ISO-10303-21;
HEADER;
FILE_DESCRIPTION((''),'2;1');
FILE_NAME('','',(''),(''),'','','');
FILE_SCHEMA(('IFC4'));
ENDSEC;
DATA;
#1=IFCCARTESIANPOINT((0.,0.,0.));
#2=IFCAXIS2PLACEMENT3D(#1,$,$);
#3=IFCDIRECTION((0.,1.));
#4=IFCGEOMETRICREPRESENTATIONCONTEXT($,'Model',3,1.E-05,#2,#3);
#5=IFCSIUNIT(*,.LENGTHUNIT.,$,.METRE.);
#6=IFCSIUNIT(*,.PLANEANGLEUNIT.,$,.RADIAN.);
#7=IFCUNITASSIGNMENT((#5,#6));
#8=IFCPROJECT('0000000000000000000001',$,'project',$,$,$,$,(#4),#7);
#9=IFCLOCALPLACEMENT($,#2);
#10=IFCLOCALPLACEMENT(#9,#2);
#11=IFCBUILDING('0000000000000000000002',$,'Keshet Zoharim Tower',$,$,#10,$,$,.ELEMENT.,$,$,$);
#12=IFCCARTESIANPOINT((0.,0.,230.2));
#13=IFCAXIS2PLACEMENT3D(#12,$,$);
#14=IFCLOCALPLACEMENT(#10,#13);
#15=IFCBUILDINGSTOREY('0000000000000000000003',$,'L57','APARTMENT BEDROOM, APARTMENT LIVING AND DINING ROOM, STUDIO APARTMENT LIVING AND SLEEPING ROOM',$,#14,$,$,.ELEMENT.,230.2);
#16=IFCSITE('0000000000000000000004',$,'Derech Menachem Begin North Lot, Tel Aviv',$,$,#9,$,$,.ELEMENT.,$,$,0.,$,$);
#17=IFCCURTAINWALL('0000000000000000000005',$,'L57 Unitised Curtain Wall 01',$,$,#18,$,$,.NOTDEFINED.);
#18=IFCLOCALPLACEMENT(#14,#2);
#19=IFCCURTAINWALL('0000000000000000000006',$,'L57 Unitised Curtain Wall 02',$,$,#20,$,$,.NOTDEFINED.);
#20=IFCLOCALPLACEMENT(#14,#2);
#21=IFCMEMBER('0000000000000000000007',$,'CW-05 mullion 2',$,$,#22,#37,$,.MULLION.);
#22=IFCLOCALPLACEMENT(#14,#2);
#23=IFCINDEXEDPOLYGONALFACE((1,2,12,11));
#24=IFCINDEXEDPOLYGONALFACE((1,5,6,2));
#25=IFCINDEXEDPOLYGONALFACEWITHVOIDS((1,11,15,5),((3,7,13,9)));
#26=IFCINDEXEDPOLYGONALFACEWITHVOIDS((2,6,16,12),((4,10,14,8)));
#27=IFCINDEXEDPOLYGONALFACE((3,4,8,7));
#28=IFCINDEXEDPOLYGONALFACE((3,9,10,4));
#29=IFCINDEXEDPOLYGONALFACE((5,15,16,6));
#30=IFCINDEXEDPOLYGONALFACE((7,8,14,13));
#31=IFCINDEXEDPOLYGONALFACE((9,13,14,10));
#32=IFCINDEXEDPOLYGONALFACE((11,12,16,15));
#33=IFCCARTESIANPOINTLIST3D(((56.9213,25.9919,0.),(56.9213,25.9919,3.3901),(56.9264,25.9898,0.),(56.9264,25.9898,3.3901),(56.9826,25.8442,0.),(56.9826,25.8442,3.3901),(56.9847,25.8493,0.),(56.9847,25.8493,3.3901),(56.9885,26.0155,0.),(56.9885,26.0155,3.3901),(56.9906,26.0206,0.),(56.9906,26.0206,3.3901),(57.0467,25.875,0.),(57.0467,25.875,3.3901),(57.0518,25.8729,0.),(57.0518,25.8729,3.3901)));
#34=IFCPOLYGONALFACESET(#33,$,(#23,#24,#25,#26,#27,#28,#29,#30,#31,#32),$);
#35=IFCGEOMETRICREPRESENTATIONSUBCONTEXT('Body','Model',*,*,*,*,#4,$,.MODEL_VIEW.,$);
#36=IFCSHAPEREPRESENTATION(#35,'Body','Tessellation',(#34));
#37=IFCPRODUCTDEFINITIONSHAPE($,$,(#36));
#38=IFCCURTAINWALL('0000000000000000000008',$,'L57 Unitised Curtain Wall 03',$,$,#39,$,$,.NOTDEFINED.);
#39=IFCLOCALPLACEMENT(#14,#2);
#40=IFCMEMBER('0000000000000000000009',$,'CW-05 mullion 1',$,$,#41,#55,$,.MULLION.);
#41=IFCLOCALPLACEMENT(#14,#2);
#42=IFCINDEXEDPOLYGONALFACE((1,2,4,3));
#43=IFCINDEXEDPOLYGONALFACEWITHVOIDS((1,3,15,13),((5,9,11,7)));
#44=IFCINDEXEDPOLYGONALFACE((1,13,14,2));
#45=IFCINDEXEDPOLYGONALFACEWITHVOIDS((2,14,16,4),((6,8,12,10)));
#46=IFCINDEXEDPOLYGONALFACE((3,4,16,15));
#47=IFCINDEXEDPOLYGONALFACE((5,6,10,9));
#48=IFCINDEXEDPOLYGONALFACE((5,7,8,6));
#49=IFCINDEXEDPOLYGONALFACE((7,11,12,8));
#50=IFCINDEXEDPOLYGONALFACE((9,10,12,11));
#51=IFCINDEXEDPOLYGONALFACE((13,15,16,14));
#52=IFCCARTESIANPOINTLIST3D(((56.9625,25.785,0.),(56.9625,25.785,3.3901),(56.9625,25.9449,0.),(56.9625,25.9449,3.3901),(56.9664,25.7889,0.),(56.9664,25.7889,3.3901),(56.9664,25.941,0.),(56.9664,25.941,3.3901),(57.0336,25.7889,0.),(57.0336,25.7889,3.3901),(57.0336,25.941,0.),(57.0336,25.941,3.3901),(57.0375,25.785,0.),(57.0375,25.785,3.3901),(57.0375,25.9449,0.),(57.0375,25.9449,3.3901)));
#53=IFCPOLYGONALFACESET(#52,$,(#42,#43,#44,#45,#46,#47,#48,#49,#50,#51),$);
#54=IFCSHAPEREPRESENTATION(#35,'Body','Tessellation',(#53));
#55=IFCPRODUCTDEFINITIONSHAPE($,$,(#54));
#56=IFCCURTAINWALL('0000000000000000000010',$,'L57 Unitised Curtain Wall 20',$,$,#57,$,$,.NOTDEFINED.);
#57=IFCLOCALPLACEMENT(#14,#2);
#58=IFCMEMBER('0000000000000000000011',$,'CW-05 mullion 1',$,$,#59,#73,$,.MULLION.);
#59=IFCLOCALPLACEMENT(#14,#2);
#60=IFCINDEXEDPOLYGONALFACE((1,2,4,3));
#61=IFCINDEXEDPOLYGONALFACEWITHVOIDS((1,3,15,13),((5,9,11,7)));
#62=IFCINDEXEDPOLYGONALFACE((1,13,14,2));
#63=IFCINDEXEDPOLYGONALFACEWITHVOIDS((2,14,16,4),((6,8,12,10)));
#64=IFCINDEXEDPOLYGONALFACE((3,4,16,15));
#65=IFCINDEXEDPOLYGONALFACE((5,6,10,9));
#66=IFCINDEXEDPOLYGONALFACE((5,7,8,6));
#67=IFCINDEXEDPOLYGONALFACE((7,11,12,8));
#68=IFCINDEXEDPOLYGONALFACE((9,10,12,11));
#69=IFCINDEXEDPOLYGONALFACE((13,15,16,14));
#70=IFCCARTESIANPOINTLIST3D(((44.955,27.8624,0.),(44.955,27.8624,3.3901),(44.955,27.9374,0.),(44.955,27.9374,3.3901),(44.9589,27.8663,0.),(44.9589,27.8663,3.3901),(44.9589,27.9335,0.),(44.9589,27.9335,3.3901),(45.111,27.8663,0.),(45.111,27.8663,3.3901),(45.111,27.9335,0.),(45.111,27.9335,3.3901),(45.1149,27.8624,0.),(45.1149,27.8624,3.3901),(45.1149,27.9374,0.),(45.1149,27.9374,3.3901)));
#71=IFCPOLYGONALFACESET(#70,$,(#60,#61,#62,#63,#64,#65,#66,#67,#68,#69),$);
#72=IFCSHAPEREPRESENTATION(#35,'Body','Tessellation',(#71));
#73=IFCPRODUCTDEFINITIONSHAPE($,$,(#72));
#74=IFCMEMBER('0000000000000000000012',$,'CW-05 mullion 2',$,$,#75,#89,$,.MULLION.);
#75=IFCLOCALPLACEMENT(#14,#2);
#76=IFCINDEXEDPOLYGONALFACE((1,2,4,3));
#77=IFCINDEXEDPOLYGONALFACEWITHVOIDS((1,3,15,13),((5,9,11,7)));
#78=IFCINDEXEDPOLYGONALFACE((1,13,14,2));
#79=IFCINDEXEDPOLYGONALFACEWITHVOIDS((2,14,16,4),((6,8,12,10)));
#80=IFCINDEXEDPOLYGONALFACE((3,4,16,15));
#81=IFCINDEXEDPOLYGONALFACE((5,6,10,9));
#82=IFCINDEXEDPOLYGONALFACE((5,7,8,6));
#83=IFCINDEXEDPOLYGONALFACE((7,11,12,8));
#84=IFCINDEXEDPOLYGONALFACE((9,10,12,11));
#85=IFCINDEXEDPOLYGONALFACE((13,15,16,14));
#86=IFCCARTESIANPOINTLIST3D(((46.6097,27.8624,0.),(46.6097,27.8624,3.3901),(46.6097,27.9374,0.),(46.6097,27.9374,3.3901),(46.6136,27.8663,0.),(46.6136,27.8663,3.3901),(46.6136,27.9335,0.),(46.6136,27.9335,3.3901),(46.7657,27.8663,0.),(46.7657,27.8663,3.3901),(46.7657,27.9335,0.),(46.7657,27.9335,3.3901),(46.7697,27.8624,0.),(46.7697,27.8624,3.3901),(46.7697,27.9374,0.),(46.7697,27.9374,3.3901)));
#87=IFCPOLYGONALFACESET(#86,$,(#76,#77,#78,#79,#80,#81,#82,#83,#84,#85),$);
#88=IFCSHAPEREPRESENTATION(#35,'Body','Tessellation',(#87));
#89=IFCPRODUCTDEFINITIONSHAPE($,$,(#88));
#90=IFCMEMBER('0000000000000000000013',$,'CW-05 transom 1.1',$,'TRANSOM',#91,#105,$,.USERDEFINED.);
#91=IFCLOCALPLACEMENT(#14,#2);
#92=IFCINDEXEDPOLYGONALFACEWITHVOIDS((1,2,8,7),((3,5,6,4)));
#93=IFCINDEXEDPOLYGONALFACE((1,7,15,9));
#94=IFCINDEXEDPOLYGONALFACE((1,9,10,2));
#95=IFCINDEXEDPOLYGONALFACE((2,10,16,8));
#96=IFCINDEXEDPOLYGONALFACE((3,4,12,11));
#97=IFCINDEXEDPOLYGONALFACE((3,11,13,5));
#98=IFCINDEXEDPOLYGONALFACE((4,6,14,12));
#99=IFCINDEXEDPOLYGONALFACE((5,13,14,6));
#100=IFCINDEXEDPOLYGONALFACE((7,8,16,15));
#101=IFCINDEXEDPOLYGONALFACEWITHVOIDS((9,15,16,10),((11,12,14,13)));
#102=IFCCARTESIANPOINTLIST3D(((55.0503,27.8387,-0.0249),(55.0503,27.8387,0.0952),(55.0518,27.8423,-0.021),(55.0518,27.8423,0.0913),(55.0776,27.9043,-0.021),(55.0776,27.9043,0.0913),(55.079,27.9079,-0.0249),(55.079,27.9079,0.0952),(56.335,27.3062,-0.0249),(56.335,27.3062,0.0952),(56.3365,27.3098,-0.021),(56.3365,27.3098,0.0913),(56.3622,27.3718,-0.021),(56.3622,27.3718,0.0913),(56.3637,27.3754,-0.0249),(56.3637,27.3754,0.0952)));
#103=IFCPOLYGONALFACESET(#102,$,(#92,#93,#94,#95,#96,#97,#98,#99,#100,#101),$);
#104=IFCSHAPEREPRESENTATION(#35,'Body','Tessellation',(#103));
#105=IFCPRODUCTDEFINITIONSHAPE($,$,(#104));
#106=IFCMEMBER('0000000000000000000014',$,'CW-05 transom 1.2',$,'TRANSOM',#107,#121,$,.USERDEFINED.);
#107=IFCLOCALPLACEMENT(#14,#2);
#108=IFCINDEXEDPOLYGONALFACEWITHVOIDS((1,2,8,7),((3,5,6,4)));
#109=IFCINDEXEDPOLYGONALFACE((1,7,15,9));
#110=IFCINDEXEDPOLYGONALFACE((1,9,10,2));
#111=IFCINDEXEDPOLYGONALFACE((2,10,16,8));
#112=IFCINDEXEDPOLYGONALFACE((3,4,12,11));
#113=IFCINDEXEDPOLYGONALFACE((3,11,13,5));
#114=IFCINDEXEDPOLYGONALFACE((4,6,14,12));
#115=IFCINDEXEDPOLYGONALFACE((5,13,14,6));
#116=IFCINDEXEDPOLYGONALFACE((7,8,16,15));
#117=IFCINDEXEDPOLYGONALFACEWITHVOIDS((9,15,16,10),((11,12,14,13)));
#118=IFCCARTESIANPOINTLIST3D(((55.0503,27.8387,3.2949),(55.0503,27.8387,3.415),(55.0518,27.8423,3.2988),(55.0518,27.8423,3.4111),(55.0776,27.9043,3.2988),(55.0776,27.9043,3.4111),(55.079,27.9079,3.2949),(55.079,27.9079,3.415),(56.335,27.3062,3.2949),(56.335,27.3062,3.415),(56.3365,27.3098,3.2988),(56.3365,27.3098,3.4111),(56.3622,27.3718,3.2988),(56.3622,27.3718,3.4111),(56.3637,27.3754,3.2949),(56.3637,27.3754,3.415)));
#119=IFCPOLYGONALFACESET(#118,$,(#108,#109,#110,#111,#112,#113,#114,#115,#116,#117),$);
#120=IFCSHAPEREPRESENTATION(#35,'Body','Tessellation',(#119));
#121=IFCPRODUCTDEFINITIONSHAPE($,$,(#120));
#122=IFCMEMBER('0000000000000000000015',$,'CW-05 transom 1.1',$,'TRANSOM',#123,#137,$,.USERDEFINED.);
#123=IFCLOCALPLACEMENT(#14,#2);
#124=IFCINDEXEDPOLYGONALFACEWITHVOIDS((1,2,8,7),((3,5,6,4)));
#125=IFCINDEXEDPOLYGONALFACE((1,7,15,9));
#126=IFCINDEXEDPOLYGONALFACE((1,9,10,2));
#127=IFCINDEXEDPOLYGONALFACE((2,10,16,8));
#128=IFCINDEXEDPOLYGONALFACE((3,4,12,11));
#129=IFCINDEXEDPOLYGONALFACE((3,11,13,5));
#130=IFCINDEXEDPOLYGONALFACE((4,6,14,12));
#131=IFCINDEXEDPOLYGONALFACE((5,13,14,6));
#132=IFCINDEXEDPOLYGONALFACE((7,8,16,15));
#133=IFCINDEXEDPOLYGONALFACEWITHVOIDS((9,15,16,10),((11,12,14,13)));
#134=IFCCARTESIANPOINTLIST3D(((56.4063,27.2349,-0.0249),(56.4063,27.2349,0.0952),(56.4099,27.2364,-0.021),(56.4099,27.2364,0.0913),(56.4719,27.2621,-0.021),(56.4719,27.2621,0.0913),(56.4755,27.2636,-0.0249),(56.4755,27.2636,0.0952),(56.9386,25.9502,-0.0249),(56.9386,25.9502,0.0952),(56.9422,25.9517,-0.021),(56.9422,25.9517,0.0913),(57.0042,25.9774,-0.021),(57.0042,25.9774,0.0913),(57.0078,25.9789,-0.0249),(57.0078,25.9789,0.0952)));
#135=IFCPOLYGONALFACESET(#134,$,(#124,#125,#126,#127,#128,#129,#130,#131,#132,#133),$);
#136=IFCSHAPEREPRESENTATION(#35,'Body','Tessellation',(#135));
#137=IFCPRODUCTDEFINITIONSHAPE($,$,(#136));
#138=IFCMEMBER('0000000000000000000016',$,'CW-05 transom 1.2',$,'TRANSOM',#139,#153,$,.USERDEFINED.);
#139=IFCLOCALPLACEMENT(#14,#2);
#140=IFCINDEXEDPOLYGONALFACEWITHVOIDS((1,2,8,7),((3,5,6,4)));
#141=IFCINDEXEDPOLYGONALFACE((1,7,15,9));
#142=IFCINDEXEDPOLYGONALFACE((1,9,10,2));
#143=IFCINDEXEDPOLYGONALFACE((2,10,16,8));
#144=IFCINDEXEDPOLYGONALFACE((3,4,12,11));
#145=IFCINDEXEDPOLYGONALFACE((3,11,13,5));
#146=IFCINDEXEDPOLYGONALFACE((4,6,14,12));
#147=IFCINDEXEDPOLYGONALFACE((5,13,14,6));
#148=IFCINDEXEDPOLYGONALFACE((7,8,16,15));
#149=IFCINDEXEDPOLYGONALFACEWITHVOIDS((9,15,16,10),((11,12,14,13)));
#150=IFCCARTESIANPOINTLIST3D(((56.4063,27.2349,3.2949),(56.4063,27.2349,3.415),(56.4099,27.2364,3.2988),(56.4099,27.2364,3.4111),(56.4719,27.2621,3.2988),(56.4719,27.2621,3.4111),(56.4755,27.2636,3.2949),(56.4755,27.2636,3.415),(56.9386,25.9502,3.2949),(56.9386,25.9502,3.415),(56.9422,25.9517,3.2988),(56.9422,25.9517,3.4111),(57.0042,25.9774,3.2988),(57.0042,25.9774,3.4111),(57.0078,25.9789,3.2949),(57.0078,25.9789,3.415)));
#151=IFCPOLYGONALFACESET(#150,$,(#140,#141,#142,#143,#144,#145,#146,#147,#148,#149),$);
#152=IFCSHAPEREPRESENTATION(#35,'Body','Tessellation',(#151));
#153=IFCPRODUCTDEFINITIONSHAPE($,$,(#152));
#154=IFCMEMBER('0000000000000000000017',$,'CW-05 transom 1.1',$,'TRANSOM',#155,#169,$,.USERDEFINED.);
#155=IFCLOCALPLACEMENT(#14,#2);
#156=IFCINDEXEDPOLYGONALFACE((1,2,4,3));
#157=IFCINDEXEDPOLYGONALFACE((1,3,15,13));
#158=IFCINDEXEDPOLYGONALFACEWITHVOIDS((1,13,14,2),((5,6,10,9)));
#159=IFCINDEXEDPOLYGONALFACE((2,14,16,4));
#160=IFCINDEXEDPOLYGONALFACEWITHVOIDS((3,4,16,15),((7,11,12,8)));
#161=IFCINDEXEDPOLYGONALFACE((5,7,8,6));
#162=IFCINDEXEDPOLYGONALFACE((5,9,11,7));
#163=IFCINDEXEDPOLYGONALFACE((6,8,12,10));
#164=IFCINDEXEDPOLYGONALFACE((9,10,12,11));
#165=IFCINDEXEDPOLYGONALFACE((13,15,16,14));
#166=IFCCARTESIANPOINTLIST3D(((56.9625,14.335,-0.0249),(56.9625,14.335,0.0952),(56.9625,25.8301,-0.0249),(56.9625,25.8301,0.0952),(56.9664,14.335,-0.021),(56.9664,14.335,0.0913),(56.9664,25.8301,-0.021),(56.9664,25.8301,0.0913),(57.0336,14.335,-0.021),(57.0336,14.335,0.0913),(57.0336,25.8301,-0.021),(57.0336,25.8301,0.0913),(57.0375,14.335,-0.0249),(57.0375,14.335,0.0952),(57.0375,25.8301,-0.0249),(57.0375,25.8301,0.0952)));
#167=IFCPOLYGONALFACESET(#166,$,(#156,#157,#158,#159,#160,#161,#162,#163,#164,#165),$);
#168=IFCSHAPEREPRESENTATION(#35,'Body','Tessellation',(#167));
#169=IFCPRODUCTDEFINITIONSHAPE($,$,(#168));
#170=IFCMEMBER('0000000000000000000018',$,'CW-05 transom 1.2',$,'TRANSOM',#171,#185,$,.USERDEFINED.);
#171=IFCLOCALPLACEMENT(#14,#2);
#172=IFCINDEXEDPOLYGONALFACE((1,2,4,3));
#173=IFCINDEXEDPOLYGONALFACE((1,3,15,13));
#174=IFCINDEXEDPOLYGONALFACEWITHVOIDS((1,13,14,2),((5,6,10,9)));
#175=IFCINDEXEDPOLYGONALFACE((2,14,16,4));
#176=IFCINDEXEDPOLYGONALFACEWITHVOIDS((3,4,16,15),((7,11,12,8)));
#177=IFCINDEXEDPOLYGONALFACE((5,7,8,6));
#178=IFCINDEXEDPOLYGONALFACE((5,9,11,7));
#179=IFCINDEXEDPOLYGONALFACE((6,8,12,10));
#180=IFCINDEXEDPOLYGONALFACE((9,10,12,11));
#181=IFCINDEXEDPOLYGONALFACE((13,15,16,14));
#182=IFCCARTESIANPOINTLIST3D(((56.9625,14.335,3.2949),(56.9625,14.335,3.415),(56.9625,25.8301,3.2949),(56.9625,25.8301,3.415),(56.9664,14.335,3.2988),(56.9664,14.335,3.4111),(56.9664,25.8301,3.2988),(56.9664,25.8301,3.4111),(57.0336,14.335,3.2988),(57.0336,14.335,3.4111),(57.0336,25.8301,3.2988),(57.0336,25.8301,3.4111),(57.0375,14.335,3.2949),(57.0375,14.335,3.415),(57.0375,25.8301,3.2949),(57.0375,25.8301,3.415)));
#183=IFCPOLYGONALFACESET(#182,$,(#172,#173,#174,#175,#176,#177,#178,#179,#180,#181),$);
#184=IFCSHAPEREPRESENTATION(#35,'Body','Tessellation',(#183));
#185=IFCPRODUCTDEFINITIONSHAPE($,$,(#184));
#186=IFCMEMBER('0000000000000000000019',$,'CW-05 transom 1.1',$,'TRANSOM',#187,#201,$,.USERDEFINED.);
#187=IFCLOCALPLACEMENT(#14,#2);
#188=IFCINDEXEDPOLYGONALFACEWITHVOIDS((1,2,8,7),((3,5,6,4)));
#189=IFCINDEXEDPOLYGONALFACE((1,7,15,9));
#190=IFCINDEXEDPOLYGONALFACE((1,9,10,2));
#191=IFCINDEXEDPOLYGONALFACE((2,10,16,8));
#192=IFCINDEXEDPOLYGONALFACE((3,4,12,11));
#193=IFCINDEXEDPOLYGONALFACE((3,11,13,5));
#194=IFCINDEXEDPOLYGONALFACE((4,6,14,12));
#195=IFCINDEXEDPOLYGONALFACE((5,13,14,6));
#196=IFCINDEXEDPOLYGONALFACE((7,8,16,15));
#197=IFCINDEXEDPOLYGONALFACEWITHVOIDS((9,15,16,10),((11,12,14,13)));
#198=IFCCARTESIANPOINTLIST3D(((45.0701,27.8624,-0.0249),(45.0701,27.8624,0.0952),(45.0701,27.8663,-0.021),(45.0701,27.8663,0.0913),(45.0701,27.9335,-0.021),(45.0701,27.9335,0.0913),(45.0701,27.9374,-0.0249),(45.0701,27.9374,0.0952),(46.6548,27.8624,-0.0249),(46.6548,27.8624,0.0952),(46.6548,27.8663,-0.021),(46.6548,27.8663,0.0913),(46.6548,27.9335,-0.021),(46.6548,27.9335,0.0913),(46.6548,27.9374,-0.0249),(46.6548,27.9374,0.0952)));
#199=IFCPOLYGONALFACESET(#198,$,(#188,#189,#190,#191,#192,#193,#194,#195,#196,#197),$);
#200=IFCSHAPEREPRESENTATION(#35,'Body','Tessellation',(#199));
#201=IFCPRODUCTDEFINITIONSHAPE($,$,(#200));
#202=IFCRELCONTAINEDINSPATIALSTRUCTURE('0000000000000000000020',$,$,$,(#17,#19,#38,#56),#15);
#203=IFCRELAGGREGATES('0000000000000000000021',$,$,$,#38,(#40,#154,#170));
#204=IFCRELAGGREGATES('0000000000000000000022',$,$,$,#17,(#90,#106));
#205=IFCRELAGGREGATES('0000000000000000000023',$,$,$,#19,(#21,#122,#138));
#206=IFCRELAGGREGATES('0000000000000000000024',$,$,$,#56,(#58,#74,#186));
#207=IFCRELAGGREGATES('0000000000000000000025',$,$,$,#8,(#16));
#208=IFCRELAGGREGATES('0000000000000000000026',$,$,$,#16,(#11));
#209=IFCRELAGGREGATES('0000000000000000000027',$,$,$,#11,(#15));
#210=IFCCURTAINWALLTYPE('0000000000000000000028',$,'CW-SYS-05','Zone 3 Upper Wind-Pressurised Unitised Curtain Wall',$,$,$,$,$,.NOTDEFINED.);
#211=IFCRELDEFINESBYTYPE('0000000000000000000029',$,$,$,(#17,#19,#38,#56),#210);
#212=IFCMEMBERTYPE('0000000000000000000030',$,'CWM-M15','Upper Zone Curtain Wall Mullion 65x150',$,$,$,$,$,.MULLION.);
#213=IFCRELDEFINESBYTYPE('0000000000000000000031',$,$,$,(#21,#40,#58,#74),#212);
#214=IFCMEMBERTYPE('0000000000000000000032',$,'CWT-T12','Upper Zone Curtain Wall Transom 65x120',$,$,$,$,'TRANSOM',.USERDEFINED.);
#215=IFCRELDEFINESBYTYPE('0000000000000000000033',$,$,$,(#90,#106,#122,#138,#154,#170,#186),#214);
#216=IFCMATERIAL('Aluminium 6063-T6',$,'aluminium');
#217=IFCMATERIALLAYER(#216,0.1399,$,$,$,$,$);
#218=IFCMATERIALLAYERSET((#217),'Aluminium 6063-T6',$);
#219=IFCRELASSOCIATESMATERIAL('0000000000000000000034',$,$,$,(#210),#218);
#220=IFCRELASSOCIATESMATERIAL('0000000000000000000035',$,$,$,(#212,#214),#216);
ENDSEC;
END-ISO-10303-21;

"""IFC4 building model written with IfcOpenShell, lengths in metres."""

from ifc_helpers import new_model, si_unit, direction, frame, origin, origin_2d, place, context, subcontext, project, spatial, hollow_rectangle, extrude, material, layer, layer_set, material_profile, profile_set, type_object, element, aggregate, save


model = new_model("IFC4")

# Units and contexts
model_context = context("Model", 3, precision=1e-05, world=origin(), true_north=direction((0.0, 1.0)))
body_context = subcontext(model_context, "Body", "Model", "MODEL_VIEW")
ifc_project = project(units=[si_unit("LENGTHUNIT", "METRE"), si_unit("PLANEANGLEUNIT", "RADIAN")], contexts=[model_context])

# Site, building, storey
site_placement = place(None, origin())
site = spatial("IfcSite", under=ifc_project, at=site_placement, Name="Derech Menachem Begin North Lot, Tel Aviv", CompositionType="ELEMENT", RefElevation=0.0)
building_placement = place(site_placement, origin())
building = spatial("IfcBuilding", under=site, at=building_placement, Name="Keshet Zoharim Tower", CompositionType="ELEMENT")
storey_placement = place(building_placement, frame((0.0, 0.0, 230.2)))
storey = spatial("IfcBuildingStorey", under=building, at=storey_placement, Name="L57", Description="APARTMENT BEDROOM, APARTMENT LIVING AND DINING ROOM, STUDIO APARTMENT LIVING AND SLEEPING ROOM", CompositionType="ELEMENT", Elevation=230.2)

# Curtain walls, member
ifc_material_1 = material(Name="Aluminium 6063-T6", Category="aluminium")
ifc_layer_1 = layer(ifc_material_1, 0.1399)
ifc_layer_set_1 = layer_set([ifc_layer_1], Name="Aluminium 6063-T6")
curtain_wall_type = type_object("IfcCurtainWallType", Name="CW-SYS-05", Description="Zone 3 Upper Wind-Pressurised Unitised Curtain Wall", PredefinedType="NOTDEFINED", material=ifc_layer_set_1)
curtain_wall_1_placement = place(storey_placement, origin())
curtain_wall_1 = element("IfcCurtainWall", 1, at=curtain_wall_1_placement, inside=storey, type_object=curtain_wall_type, Name="L57 Unitised Curtain Wall 01", PredefinedType="NOTDEFINED")
ifc_material_profile_1 = material_profile(ifc_material_1, hollow_rectangle(XDim=0.075, YDim=0.1599, WallThickness=0.0039, at=origin_2d()), Name="MUL-75x160")
ifc_profile_set_1 = profile_set([ifc_material_profile_1], Name="Aluminium 6063-T6")
member_type_1 = type_object("IfcMemberType", Name="CWM-M15", Description="Upper Zone Curtain Wall Mullion 65x150", PredefinedType="MULLION", material=ifc_profile_set_1)
curtain_wall_2_placement = place(storey_placement, origin())
curtain_wall_2 = element("IfcCurtainWall", 2, at=curtain_wall_2_placement, inside=storey, type_object=curtain_wall_type, Name="L57 Unitised Curtain Wall 02", PredefinedType="NOTDEFINED")
member_1_placement = place(storey_placement, frame((56.9866, 25.9324, 0.0), z_axis=(0.0, 0.0, 1.0), x_axis=(0.92381, 0.382852, 0.0)))
member_1 = element("IfcMember", 3, at=member_1_placement, type_object=member_type_1, Name="CW-05 mullion 2", PredefinedType="MULLION", context=body_context, shape_type="SweptSolid", body=[
    extrude(hollow_rectangle(XDim=0.075, YDim=0.1599, WallThickness=0.0039, at=origin_2d()), origin(), (0.0, 0.0, 1.0), 3.3901),
])

# Curtain wall, member
curtain_wall_3_placement = place(storey_placement, origin())
curtain_wall_3 = element("IfcCurtainWall", 4, at=curtain_wall_3_placement, inside=storey, type_object=curtain_wall_type, Name="L57 Unitised Curtain Wall 03", PredefinedType="NOTDEFINED")
member_2_placement = place(storey_placement, frame((57.0, 25.865, 0.0), z_axis=(0.0, 0.0, 1.0), x_axis=(1.0, 0.0, 0.0)))
member_2 = element("IfcMember", 5, at=member_2_placement, type_object=member_type_1, Name="CW-05 mullion 1", PredefinedType="MULLION", context=body_context, shape_type="SweptSolid", body=[
    extrude(hollow_rectangle(XDim=0.075, YDim=0.1599, WallThickness=0.0039, at=origin_2d()), origin(), (0.0, 0.0, 1.0), 3.3901),
])

# Curtain wall, members
curtain_wall_4_placement = place(storey_placement, origin())
curtain_wall_4 = element("IfcCurtainWall", 6, at=curtain_wall_4_placement, inside=storey, type_object=curtain_wall_type, Name="L57 Unitised Curtain Wall 20", PredefinedType="NOTDEFINED")
member_3_placement = place(storey_placement, frame((45.0349, 27.8999, 0.0), z_axis=(0.0, 0.0, 1.0), x_axis=(0.0, 1.0, 0.0)))
member_3 = element("IfcMember", 7, at=member_3_placement, type_object=member_type_1, Name="CW-05 mullion 1", PredefinedType="MULLION", context=body_context, shape_type="SweptSolid", body=[
    extrude(hollow_rectangle(XDim=0.075, YDim=0.1599, WallThickness=0.0039, at=origin_2d()), origin(), (0.0, 0.0, 1.0), 3.3901),
])
member_4_placement = place(storey_placement, frame((46.6897, 27.8999, 0.0), z_axis=(0.0, 0.0, 1.0), x_axis=(0.0, 1.0, 0.0)))
member_4 = element("IfcMember", 8, at=member_4_placement, type_object=member_type_1, Name="CW-05 mullion 2", PredefinedType="MULLION", context=body_context, shape_type="SweptSolid", body=[
    extrude(hollow_rectangle(XDim=0.075, YDim=0.1599, WallThickness=0.0039, at=origin_2d()), origin(), (0.0, 0.0, 1.0), 3.3901),
])

# Members
ifc_material_profile_2 = material_profile(ifc_material_1, hollow_rectangle(XDim=0.075, YDim=0.1201, WallThickness=0.0039, at=origin_2d()), Name="TRN-75x120")
ifc_profile_set_2 = profile_set([ifc_material_profile_2], Name="Aluminium 6063-T6")
member_type_2 = type_object("IfcMemberType", Name="CWT-T12", Description="Upper Zone Curtain Wall Transom 65x120", ElementType="TRANSOM", PredefinedType="USERDEFINED", material=ifc_profile_set_2)
member_5_placement = place(storey_placement, frame((55.0647, 27.8733, 0.0352), z_axis=(0.923792, -0.382894, 0.0), x_axis=(0.382894, 0.923792, 0.0)))
member_5 = element("IfcMember", 9, at=member_5_placement, type_object=member_type_2, Name="CW-05 transom 1.1", ObjectType="TRANSOM", PredefinedType="USERDEFINED", context=body_context, shape_type="SweptSolid", body=[
    extrude(hollow_rectangle(XDim=0.075, YDim=0.1201, WallThickness=0.0039, at=origin_2d()), origin(), (0.0, 0.0, 1.0), 1.3906),
])
member_6_placement = place(storey_placement, frame((55.0647, 27.8733, 3.355), z_axis=(0.923792, -0.382894, 0.0), x_axis=(0.382894, 0.923792, 0.0)))
member_6 = element("IfcMember", 10, at=member_6_placement, type_object=member_type_2, Name="CW-05 transom 1.2", ObjectType="TRANSOM", PredefinedType="USERDEFINED", context=body_context, shape_type="SweptSolid", body=[
    extrude(hollow_rectangle(XDim=0.075, YDim=0.1201, WallThickness=0.0039, at=origin_2d()), origin(), (0.0, 0.0, 1.0), 1.3906),
])
member_7_placement = place(storey_placement, frame((56.4409, 27.2493, 0.0352), z_axis=(0.382745, -0.923854, 0.0), x_axis=(0.923854, 0.382745, 0.0)))
member_7 = element("IfcMember", 11, at=member_7_placement, type_object=member_type_2, Name="CW-05 transom 1.1", ObjectType="TRANSOM", PredefinedType="USERDEFINED", context=body_context, shape_type="SweptSolid", body=[
    extrude(hollow_rectangle(XDim=0.075, YDim=0.1201, WallThickness=0.0039, at=origin_2d()), origin(), (0.0, 0.0, 1.0), 1.3906),
])
member_8_placement = place(storey_placement, frame((56.4409, 27.2493, 3.355), z_axis=(0.382745, -0.923854, 0.0), x_axis=(0.923854, 0.382745, 0.0)))
member_8 = element("IfcMember", 12, at=member_8_placement, type_object=member_type_2, Name="CW-05 transom 1.2", ObjectType="TRANSOM", PredefinedType="USERDEFINED", context=body_context, shape_type="SweptSolid", body=[
    extrude(hollow_rectangle(XDim=0.075, YDim=0.1201, WallThickness=0.0039, at=origin_2d()), origin(), (0.0, 0.0, 1.0), 1.3906),
])
member_9_placement = place(storey_placement, frame((57.0, 25.8301, 0.0352), z_axis=(0.0, -1.0, 0.0), x_axis=(1.0, 0.0, 0.0)))
member_9 = element("IfcMember", 13, at=member_9_placement, type_object=member_type_2, Name="CW-05 transom 1.1", ObjectType="TRANSOM", PredefinedType="USERDEFINED", context=body_context, shape_type="SweptSolid", body=[
    extrude(hollow_rectangle(XDim=0.075, YDim=0.1201, WallThickness=0.0039, at=origin_2d()), origin(), (0.0, 0.0, 1.0), 11.4951),
])
member_10_placement = place(storey_placement, frame((57.0, 25.8301, 3.355), z_axis=(0.0, -1.0, 0.0), x_axis=(1.0, 0.0, 0.0)))
member_10 = element("IfcMember", 14, at=member_10_placement, type_object=member_type_2, Name="CW-05 transom 1.2", ObjectType="TRANSOM", PredefinedType="USERDEFINED", context=body_context, shape_type="SweptSolid", body=[
    extrude(hollow_rectangle(XDim=0.075, YDim=0.1201, WallThickness=0.0039, at=origin_2d()), origin(), (0.0, 0.0, 1.0), 11.4951),
])
aggregate(curtain_wall_3, [member_2, member_9, member_10])
member_11_placement = place(storey_placement, frame((45.0701, 27.8999, 0.0352), z_axis=(1.0, 0.0, 0.0), x_axis=(0.0, 1.0, 0.0)))
member_11 = element("IfcMember", 15, at=member_11_placement, type_object=member_type_2, Name="CW-05 transom 1.1", ObjectType="TRANSOM", PredefinedType="USERDEFINED", context=body_context, shape_type="SweptSolid", body=[
    extrude(hollow_rectangle(XDim=0.075, YDim=0.1201, WallThickness=0.0039, at=origin_2d()), origin(), (0.0, 0.0, 1.0), 1.5847),
])

aggregate(curtain_wall_1, [member_5, member_6])
aggregate(curtain_wall_2, [member_1, member_7, member_8])
aggregate(curtain_wall_4, [member_3, member_4, member_11])

save(model, "model.ifc")
